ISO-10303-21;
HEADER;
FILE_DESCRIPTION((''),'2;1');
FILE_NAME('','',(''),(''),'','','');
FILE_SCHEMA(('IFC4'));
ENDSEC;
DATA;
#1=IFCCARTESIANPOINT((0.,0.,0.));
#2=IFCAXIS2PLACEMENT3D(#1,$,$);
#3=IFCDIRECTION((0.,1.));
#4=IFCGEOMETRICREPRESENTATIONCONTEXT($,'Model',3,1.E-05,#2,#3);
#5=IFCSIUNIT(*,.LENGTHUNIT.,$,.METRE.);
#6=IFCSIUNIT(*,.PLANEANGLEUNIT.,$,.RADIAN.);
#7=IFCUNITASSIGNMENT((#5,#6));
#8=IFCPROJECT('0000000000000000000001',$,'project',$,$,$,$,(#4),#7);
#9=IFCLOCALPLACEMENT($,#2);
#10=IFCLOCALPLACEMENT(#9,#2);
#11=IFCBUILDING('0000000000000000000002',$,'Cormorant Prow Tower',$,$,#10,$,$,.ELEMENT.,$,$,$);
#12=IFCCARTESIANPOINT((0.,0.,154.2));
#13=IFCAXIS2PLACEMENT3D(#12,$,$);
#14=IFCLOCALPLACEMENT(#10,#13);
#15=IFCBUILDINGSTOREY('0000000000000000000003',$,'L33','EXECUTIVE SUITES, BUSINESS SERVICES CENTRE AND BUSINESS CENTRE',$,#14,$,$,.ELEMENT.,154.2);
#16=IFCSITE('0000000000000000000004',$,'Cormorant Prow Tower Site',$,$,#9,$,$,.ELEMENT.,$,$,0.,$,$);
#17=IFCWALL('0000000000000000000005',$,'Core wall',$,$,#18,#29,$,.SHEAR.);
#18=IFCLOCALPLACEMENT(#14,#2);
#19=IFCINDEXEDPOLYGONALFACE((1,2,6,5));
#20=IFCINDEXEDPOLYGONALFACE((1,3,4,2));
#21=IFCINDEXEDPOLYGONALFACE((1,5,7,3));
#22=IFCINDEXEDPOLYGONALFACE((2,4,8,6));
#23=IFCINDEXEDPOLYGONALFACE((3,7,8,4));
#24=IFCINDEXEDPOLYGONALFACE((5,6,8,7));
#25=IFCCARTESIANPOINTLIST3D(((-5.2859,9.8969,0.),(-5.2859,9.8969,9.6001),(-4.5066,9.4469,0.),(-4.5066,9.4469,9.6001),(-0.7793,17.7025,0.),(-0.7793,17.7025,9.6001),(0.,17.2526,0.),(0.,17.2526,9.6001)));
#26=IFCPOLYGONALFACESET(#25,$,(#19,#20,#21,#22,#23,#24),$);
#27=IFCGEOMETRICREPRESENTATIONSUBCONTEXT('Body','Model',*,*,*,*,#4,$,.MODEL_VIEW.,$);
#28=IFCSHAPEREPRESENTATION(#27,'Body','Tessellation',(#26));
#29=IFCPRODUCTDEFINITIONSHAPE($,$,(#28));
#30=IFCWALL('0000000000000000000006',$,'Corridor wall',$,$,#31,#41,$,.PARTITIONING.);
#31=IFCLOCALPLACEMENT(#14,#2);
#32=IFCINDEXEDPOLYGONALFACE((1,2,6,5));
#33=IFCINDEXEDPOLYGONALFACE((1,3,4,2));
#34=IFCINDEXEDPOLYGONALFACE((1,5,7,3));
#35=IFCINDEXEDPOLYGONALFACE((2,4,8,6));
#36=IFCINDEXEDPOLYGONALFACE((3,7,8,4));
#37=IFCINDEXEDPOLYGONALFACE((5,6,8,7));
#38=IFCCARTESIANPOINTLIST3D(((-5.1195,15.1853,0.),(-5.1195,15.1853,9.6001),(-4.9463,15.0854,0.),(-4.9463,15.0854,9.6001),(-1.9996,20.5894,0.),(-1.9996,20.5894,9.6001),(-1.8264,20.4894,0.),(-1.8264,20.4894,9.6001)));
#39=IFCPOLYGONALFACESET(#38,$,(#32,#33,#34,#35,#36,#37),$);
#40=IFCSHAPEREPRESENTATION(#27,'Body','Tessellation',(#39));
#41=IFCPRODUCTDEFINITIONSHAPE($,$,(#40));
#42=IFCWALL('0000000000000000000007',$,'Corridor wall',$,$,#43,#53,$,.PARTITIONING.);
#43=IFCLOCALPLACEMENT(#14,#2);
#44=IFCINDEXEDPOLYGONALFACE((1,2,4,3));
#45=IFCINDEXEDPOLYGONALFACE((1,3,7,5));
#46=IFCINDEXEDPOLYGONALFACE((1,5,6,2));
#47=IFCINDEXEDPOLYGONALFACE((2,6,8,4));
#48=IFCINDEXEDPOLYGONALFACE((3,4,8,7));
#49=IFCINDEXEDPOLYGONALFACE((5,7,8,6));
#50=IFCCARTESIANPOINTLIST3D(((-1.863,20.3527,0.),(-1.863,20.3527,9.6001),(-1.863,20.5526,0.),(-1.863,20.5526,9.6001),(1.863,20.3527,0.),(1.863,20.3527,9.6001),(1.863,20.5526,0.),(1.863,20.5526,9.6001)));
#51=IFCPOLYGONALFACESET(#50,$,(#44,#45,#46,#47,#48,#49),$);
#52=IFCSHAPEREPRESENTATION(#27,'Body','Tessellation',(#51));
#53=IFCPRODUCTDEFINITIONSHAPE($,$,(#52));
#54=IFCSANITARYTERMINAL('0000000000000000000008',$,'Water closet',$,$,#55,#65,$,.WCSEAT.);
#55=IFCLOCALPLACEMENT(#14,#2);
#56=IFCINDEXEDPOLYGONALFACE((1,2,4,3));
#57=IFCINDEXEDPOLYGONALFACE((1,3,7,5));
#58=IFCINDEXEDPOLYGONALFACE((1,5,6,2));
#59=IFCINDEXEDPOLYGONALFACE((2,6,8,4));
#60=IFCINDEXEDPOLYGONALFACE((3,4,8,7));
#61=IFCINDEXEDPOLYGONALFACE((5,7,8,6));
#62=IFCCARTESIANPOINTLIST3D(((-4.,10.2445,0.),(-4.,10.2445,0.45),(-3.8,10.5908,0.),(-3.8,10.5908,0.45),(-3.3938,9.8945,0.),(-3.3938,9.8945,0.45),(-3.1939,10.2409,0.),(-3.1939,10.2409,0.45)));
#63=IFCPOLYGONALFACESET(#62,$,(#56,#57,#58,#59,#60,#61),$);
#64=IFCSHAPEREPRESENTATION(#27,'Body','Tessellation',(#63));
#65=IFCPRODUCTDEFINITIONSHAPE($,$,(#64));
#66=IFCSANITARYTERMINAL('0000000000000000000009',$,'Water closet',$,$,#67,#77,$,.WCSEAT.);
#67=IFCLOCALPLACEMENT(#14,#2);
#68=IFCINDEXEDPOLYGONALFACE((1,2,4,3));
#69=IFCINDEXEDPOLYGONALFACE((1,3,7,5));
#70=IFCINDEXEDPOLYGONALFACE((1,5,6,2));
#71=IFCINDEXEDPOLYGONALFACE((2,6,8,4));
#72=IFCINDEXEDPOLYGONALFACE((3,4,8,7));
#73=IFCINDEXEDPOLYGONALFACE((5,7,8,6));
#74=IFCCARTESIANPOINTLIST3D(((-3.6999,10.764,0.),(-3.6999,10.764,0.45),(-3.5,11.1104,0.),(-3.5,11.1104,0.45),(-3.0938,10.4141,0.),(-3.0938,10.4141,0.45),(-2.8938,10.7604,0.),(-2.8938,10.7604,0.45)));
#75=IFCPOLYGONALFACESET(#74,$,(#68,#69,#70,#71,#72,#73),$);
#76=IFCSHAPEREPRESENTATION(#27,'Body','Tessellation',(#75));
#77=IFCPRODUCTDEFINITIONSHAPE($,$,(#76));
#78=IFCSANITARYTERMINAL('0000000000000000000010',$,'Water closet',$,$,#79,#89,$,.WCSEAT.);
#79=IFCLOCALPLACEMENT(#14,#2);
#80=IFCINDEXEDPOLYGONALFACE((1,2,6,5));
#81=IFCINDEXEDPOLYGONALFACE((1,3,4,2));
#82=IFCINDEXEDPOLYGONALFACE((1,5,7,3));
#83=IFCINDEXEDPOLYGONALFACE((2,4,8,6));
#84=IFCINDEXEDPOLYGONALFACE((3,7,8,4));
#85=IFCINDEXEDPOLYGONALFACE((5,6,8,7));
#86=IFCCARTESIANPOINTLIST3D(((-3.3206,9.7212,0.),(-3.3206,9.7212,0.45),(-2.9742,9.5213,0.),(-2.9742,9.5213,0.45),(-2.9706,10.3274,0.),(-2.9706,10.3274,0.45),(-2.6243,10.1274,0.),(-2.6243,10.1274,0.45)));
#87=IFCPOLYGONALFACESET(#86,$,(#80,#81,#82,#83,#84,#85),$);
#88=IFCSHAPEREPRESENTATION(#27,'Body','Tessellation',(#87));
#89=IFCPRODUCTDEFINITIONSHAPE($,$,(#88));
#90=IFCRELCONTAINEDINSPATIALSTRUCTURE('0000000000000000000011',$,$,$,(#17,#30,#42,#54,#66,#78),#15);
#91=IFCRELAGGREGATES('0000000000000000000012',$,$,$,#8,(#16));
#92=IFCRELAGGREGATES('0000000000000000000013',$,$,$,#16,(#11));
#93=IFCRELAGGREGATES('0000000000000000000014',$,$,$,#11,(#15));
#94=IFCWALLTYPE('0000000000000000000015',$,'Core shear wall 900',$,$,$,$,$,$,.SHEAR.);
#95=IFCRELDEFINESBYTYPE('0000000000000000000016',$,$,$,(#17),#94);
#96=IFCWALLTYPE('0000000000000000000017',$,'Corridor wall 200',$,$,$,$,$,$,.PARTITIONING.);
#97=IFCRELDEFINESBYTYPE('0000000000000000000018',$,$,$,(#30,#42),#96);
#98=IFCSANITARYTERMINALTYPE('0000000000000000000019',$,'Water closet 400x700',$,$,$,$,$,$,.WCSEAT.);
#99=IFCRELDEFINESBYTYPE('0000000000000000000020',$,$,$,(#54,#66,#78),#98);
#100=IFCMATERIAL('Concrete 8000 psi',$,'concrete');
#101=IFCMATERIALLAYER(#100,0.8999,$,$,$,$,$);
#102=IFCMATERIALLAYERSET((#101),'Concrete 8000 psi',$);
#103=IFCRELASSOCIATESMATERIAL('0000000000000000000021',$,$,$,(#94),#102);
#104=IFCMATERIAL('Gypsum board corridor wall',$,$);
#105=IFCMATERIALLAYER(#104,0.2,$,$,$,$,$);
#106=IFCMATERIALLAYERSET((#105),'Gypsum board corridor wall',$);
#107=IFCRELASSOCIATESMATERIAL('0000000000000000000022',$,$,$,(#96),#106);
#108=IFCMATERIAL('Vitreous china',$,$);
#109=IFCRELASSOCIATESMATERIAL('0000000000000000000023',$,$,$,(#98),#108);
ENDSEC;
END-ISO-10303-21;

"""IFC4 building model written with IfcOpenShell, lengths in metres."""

from ifc_helpers import new_model, si_unit, direction, frame, frame_2d, origin, origin_2d, place, context, subcontext, project, spatial, rectangle, extrude, material, layer, layer_set, type_object, element, save


model = new_model("IFC4")

# Units and contexts
model_context = context("Model", 3, precision=1e-05, world=origin(), true_north=direction((0.0, 1.0)))
body_context = subcontext(model_context, "Body", "Model", "MODEL_VIEW")
ifc_project = project(units=[si_unit("LENGTHUNIT", "METRE"), si_unit("PLANEANGLEUNIT", "RADIAN")], contexts=[model_context])

# Site, building, storey
site_placement = place(None, origin())
site = spatial("IfcSite", under=ifc_project, at=site_placement, Name="Cormorant Prow Tower Site", CompositionType="ELEMENT", RefElevation=0.0)
building_placement = place(site_placement, origin())
building = spatial("IfcBuilding", under=site, at=building_placement, Name="Cormorant Prow Tower", CompositionType="ELEMENT")
storey_placement = place(building_placement, frame((0.0, 0.0, 154.2)))
storey = spatial("IfcBuildingStorey", under=building, at=storey_placement, Name="L33", Description="EXECUTIVE SUITES, BUSINESS SERVICES CENTRE AND BUSINESS CENTRE", CompositionType="ELEMENT", Elevation=154.2)

# Walls
ifc_material_1 = material(Name="Concrete 8000 psi", Category="concrete")
ifc_layer_1 = layer(ifc_material_1, 0.8999)
ifc_layer_set_1 = layer_set([ifc_layer_1], Name="Concrete 8000 psi")
wall_type_1 = type_object("IfcWallType", Name="Core shear wall 900", PredefinedType="SHEAR", material=ifc_layer_set_1)
wall_1_placement = place(storey_placement, frame((-0.3896, 17.4775, 0.0), z_axis=(0.0, 0.0, 1.0), x_axis=(-0.499999, -0.866026, 0.0)))
element("IfcWall", 1, at=wall_1_placement, inside=storey, type_object=wall_type_1, Name="Core wall", PredefinedType="SHEAR", context=body_context, shape_type="SweptSolid", body=[
    extrude(rectangle(XDim=9.0132, YDim=0.8999, at=frame_2d((4.5066, 0.0))), origin(), (0.0, 0.0, 1.0), 9.6001),
])
ifc_material_2 = material(Name="Gypsum board corridor wall")
ifc_layer_2 = layer(ifc_material_2, 0.2)
ifc_layer_set_2 = layer_set([ifc_layer_2], Name="Gypsum board corridor wall")
wall_type_2 = type_object("IfcWallType", Name="Corridor wall 200", PredefinedType="PARTITIONING", material=ifc_layer_set_2)
wall_2_placement = place(storey_placement, frame((-5.033, 15.1353, 0.0), z_axis=(0.0, 0.0, 1.0), x_axis=(0.499981, 0.866036, 0.0)))
element("IfcWall", 2, at=wall_2_placement, inside=storey, type_object=wall_type_2, Name="Corridor wall", PredefinedType="PARTITIONING", context=body_context, shape_type="SweptSolid", body=[
    extrude(rectangle(XDim=6.24, YDim=0.2, at=frame_2d((3.1201, 0.0))), origin(), (0.0, 0.0, 1.0), 9.6001),
])
wall_3_placement = place(storey_placement, frame((-1.863, 20.4526, 0.0), z_axis=(0.0, 0.0, 1.0), x_axis=(1.0, 0.0, 0.0)))
element("IfcWall", 3, at=wall_3_placement, inside=storey, type_object=wall_type_2, Name="Corridor wall", PredefinedType="PARTITIONING", context=body_context, shape_type="SweptSolid", body=[
    extrude(rectangle(XDim=3.7261, YDim=0.2, at=frame_2d((1.863, 0.0))), origin(), (0.0, 0.0, 1.0), 9.6001),
])

# Sanitary terminals
ifc_material_3 = material(Name="Vitreous china")
sanitary_terminal_type = type_object("IfcSanitaryTerminalType", Name="Water closet 400x700", PredefinedType="WCSEAT", material=ifc_material_3)
for number, where, z_axis, x_axis, name in (
    (4, (-3.5969, 10.2427, 0.0), (0.0, 0.0, 1.0), (-0.5, -0.866025, 0.0), "Water closet"),
    (5, (-3.2969, 10.7622, 0.0), (0.0, 0.0, 1.0), (-0.5, -0.866025, 0.0), "Water closet"),
    (6, (-2.9724, 9.9243, 0.0), (0.0, 0.0, 1.0), (0.866017, -0.500015, 0.0), "Water closet"),
):
    element("IfcSanitaryTerminal", number, at=place(storey_placement, frame(where, z_axis=z_axis, x_axis=x_axis)), inside=storey, type_object=sanitary_terminal_type, Name=name, PredefinedType="WCSEAT", context=body_context, shape_type="SweptSolid", body=[
        extrude(rectangle(XDim=0.3999, YDim=0.7, at=origin_2d()), origin(), (0.0, 0.0, 1.0), 0.45),
    ])

save(model, "model.ifc")
